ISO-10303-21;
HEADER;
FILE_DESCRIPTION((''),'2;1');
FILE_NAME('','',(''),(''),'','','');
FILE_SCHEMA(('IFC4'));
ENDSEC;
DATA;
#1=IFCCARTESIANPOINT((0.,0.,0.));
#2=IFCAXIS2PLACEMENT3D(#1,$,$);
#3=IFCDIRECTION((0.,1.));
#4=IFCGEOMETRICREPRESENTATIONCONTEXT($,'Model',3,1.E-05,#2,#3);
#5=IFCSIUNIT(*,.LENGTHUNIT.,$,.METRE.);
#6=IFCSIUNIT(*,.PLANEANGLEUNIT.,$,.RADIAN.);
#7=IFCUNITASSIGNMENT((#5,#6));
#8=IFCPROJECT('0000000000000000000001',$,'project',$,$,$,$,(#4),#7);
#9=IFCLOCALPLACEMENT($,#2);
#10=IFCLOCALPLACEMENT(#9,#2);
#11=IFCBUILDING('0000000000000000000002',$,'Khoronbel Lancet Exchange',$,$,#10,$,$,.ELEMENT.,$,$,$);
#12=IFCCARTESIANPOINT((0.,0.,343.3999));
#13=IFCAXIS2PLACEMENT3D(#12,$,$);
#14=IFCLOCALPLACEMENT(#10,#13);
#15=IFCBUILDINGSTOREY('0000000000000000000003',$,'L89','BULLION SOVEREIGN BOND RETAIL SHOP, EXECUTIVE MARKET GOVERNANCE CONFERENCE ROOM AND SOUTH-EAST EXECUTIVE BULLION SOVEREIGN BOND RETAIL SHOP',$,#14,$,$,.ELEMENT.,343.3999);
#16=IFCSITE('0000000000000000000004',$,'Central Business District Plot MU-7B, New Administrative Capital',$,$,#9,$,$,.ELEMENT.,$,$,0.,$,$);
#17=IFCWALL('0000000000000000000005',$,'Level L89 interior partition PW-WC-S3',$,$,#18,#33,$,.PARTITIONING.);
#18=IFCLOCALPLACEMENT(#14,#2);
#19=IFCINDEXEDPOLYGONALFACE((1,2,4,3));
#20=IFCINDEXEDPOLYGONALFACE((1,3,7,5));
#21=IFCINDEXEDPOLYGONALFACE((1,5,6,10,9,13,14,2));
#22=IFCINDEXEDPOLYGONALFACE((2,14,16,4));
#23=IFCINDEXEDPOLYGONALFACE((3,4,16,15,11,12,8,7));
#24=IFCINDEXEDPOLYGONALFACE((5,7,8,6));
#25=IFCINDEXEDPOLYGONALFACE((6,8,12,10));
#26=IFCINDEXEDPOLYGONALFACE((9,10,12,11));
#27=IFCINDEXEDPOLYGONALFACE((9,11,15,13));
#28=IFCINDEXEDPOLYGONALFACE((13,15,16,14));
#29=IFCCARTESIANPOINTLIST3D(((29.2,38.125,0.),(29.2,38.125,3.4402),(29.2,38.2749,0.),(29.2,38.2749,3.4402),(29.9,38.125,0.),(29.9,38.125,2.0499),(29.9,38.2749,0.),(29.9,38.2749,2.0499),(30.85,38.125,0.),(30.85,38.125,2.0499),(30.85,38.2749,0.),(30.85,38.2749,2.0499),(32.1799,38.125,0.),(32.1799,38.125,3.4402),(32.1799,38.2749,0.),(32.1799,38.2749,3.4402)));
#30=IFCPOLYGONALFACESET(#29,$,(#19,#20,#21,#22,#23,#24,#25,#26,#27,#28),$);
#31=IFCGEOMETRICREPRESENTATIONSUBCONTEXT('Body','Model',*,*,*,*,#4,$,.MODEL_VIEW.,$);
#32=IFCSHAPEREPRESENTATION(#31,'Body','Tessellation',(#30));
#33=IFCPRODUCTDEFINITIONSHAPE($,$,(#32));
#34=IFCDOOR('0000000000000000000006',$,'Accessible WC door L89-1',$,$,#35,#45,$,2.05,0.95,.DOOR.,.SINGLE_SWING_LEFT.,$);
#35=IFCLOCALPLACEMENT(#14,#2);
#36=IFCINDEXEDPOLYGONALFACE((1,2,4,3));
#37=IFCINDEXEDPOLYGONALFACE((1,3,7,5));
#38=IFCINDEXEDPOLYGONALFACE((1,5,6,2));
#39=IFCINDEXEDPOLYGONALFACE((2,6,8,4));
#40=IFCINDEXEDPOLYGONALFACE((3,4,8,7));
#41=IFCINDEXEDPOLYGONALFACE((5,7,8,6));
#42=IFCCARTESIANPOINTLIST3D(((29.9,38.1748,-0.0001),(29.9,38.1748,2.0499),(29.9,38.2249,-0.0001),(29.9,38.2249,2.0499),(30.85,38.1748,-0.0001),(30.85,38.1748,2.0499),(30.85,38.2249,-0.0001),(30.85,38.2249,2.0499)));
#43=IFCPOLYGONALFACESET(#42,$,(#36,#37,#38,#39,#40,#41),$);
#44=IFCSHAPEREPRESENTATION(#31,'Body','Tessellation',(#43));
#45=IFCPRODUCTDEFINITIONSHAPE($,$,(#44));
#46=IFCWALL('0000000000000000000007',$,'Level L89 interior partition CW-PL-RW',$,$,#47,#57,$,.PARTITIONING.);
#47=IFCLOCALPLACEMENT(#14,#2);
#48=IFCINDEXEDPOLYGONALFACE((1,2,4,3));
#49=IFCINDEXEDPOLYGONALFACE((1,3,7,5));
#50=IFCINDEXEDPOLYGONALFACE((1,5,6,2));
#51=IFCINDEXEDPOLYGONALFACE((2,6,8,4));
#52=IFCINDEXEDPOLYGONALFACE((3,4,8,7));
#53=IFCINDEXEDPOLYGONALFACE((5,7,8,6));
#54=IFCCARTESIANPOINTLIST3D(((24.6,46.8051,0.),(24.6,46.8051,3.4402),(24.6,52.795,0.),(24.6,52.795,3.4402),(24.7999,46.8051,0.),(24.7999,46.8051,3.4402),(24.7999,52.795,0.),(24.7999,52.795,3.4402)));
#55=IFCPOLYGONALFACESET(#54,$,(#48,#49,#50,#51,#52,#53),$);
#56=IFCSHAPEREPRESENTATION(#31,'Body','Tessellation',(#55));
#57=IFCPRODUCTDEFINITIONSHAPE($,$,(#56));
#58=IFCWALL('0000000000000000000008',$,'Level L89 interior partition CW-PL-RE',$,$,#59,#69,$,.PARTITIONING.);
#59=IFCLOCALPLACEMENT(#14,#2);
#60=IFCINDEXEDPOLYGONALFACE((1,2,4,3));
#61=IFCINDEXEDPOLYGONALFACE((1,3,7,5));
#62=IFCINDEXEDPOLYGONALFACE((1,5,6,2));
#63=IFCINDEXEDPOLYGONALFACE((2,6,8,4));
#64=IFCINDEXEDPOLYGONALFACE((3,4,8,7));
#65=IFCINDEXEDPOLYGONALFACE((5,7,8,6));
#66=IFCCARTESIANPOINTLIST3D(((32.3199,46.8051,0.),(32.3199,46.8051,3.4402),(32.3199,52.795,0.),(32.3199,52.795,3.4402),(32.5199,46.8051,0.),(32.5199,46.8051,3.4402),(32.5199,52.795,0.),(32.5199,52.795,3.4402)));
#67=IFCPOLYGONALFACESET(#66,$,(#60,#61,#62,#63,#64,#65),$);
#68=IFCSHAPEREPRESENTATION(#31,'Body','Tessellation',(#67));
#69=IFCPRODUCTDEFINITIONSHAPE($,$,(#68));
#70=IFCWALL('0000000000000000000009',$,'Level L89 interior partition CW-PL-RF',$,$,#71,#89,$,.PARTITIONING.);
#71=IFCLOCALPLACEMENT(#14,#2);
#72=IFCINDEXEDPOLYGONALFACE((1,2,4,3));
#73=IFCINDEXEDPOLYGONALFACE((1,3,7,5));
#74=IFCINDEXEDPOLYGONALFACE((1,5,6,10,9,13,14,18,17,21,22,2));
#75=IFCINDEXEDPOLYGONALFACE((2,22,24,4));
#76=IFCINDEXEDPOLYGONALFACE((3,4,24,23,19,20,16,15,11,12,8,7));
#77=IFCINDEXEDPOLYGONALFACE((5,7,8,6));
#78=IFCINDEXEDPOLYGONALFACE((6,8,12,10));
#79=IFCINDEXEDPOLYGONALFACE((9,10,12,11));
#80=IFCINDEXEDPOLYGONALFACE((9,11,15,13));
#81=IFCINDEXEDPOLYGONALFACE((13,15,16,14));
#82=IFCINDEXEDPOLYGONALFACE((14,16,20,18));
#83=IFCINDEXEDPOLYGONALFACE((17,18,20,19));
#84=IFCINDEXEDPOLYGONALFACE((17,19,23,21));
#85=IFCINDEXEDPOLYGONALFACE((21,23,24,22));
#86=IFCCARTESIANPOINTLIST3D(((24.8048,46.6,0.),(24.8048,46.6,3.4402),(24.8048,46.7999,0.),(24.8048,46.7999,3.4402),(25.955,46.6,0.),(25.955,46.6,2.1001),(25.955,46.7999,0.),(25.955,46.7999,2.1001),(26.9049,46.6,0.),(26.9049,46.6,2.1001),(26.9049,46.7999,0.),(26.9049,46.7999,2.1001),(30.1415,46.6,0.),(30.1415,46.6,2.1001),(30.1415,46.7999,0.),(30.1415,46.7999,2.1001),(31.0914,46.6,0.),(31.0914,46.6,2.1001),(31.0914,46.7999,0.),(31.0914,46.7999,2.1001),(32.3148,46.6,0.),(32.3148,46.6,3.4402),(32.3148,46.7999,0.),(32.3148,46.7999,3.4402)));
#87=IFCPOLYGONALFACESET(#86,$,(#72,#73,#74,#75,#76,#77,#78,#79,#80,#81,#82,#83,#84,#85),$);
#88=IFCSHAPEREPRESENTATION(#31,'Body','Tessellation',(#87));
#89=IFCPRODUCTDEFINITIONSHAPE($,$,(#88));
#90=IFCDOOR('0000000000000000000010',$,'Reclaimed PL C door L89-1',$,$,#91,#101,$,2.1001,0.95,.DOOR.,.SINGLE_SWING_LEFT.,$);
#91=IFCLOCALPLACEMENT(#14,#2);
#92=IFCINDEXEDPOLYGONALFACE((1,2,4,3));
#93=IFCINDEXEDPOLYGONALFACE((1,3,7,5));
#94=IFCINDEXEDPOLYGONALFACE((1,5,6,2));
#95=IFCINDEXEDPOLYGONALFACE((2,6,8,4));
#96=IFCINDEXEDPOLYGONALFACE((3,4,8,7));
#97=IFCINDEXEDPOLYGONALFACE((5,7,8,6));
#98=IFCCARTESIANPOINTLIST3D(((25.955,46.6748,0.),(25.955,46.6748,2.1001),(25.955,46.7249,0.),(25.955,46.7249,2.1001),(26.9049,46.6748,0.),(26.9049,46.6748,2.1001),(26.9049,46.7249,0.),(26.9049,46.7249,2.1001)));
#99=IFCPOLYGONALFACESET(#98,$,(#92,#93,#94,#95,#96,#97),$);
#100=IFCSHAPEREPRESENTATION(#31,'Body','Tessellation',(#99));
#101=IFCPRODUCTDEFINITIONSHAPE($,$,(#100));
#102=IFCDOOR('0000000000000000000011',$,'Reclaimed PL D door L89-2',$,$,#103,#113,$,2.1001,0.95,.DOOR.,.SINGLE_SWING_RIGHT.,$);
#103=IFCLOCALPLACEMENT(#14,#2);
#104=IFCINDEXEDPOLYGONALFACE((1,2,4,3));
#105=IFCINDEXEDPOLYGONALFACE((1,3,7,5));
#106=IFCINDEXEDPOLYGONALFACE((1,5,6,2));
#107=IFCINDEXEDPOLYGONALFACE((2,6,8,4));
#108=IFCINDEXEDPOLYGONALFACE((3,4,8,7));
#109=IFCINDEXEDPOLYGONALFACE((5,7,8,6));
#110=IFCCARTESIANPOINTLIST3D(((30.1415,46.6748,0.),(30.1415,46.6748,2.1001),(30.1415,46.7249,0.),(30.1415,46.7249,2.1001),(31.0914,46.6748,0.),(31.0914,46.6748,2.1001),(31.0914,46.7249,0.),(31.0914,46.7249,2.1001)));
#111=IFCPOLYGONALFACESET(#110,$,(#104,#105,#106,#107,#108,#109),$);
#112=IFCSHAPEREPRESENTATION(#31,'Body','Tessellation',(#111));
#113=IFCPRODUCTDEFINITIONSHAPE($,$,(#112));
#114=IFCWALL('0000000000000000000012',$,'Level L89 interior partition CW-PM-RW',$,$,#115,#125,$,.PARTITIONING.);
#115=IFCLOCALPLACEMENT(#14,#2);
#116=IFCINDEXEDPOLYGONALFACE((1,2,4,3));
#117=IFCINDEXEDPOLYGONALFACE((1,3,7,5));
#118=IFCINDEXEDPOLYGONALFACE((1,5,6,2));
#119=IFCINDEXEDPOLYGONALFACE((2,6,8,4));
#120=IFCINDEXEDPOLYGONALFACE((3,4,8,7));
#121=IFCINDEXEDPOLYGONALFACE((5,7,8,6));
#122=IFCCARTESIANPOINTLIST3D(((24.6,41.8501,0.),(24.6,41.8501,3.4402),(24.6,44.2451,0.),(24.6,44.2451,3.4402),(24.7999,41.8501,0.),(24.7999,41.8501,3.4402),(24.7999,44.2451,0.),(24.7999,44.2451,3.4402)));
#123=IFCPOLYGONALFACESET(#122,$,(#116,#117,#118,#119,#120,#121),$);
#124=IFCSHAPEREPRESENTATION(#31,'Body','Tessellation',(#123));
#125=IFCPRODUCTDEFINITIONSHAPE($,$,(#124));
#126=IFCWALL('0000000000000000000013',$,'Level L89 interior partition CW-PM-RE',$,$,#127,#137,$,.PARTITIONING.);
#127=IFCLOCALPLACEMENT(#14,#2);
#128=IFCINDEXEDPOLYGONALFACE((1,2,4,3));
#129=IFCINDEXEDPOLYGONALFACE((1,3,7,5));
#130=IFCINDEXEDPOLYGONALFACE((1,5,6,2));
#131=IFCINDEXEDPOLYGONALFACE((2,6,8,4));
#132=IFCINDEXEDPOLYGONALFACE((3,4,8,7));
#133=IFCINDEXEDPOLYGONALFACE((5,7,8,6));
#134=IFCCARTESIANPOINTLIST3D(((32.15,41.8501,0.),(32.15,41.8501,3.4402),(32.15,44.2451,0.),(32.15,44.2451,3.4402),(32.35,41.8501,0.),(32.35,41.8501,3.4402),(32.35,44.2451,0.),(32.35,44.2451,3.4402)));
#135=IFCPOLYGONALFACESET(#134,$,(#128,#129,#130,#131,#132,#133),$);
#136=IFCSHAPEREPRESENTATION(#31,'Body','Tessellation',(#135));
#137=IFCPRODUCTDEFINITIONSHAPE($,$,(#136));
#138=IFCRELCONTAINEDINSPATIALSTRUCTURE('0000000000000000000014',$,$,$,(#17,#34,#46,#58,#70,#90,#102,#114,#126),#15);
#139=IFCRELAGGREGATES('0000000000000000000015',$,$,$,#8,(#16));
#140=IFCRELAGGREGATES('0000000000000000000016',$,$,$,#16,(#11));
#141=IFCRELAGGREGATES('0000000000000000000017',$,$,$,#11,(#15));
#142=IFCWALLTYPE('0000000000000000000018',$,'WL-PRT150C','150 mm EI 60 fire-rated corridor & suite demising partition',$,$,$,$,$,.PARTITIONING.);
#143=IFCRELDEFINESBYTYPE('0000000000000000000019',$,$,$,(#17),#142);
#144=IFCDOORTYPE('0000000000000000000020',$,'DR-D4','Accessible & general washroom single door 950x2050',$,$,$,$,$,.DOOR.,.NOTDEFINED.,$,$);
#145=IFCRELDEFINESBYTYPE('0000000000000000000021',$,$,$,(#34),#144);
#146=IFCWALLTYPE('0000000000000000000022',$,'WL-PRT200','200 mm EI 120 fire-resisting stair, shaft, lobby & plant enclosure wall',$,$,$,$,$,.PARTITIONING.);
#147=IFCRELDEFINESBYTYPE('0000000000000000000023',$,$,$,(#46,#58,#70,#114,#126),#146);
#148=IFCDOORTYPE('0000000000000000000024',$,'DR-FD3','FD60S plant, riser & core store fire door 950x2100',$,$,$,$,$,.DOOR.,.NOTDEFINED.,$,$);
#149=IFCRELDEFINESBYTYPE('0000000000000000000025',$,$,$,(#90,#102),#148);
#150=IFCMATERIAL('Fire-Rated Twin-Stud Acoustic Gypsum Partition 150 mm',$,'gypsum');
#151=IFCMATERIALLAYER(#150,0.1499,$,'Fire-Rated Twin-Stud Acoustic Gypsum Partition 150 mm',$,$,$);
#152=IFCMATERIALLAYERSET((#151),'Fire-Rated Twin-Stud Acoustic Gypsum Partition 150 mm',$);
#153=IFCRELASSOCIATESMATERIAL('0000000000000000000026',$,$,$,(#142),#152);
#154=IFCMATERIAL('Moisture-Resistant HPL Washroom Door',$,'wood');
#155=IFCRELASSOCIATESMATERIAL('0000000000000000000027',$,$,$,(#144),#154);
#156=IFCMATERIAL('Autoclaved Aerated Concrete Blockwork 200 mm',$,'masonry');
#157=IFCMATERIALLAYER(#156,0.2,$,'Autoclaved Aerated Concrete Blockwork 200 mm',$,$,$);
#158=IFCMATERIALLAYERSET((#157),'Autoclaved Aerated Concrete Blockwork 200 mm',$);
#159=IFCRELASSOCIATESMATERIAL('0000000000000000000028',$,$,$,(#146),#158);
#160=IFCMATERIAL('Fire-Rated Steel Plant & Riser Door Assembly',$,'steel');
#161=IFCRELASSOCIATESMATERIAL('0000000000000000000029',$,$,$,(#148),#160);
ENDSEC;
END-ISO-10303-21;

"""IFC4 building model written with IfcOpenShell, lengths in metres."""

from ifc_helpers import new_model, si_unit, direction, frame, frame_2d, origin, place, context, subcontext, project, spatial, rectangle, extrude, material, layer, layer_set, type_object, element, fill, save


model = new_model("IFC4")

# Units and contexts
model_context = context("Model", 3, precision=1e-05, world=origin(), true_north=direction((0.0, 1.0)))
body_context = subcontext(model_context, "Body", "Model", "MODEL_VIEW")
ifc_project = project(units=[si_unit("LENGTHUNIT", "METRE"), si_unit("PLANEANGLEUNIT", "RADIAN")], contexts=[model_context])

# Site, building, storey
site_placement = place(None, origin())
site = spatial("IfcSite", under=ifc_project, at=site_placement, Name="Central Business District Plot MU-7B, New Administrative Capital", CompositionType="ELEMENT", RefElevation=0.0)
building_placement = place(site_placement, origin())
building = spatial("IfcBuilding", under=site, at=building_placement, Name="Khoronbel Lancet Exchange", CompositionType="ELEMENT")
storey_placement = place(building_placement, frame((0.0, 0.0, 343.3999)))
storey = spatial("IfcBuildingStorey", under=building, at=storey_placement, Name="L89", Description="BULLION SOVEREIGN BOND RETAIL SHOP, EXECUTIVE MARKET GOVERNANCE CONFERENCE ROOM AND SOUTH-EAST EXECUTIVE BULLION SOVEREIGN BOND RETAIL SHOP", CompositionType="ELEMENT", Elevation=343.3999)

# Wall, opening, door
ifc_material_1 = material(Name="Fire-Rated Twin-Stud Acoustic Gypsum Partition 150 mm", Category="gypsum")
ifc_layer_1 = layer(ifc_material_1, 0.1499, Name="Fire-Rated Twin-Stud Acoustic Gypsum Partition 150 mm")
ifc_layer_set_1 = layer_set([ifc_layer_1], Name="Fire-Rated Twin-Stud Acoustic Gypsum Partition 150 mm")
wall_type_1 = type_object("IfcWallType", Name="WL-PRT150C", Description="150 mm EI 60 fire-rated corridor & suite demising partition", PredefinedType="PARTITIONING", material=ifc_layer_set_1)
wall_1_placement = place(storey_placement, frame((29.2, 38.2, 0.0), z_axis=(0.0, 0.0, 1.0), x_axis=(1.0, 0.0, 0.0)))
wall_1 = element("IfcWall", 1, at=wall_1_placement, inside=storey, type_object=wall_type_1, Name="Level L89 interior partition PW-WC-S3", PredefinedType="PARTITIONING", context=body_context, shape_type="SweptSolid", body=[
    extrude(rectangle(XDim=2.98, YDim=0.1499, at=frame_2d((1.49, 0.0))), origin(), (0.0, 0.0, 1.0), 3.4402),
])
opening_1_placement = place(wall_1_placement, frame((0.7, 0.0, 0.0)))
opening_1 = element("IfcOpeningElement", 2, at=opening_1_placement, cuts=wall_1, PredefinedType="OPENING", context=body_context, shape_type="SweptSolid", body=[
    extrude(rectangle(XDim=0.95, YDim=2.05, at=frame_2d((0.4751, 1.0249))), frame((0.0, 0.085, 0.0), z_axis=(0.0, -1.0, 0.0), x_axis=(1.0, 0.0, 0.0)), (0.0, 0.0, 1.0), 0.1699),
])
ifc_material_2 = material(Name="Moisture-Resistant HPL Washroom Door", Category="wood")
door_type_1 = type_object("IfcDoorType", Name="DR-D4", Description="Accessible & general washroom single door 950x2050", OperationType="NOTDEFINED", PredefinedType="DOOR", material=ifc_material_2)
door_1_placement = place(opening_1_placement, origin())
door_1 = element("IfcDoor", 3, at=door_1_placement, inside=storey, type_object=door_type_1, Name="Accessible WC door L89-1", OperationType="SINGLE_SWING_LEFT", OverallHeight=2.05, OverallWidth=0.95, PredefinedType="DOOR", context=body_context, shape_type="SweptSolid", body=[
    extrude(rectangle(XDim=0.95, YDim=2.05, at=frame_2d((0.4751, 1.0249))), frame((0.0, 0.0249, 0.0), z_axis=(0.0, -1.0, 0.0), x_axis=(1.0, 0.0, 0.0)), (0.0, 0.0, 1.0), 0.05),
])
fill(opening_1, door_1)

# Walls
ifc_material_3 = material(Name="Autoclaved Aerated Concrete Blockwork 200 mm", Category="masonry")
ifc_layer_2 = layer(ifc_material_3, 0.2, Name="Autoclaved Aerated Concrete Blockwork 200 mm")
ifc_layer_set_2 = layer_set([ifc_layer_2], Name="Autoclaved Aerated Concrete Blockwork 200 mm")
wall_type_2 = type_object("IfcWallType", Name="WL-PRT200", Description="200 mm EI 120 fire-resisting stair, shaft, lobby & plant enclosure wall", PredefinedType="PARTITIONING", material=ifc_layer_set_2)
for number, where, z_axis, x_axis, name in (
    (4, (24.7, 46.8049, 0.0), (0.0, 0.0, 1.0), (0.0, 1.0, 0.0), "Level L89 interior partition CW-PL-RW"),
    (5, (32.4199, 46.8049, 0.0), (0.0, 0.0, 1.0), (0.0, 1.0, 0.0), "Level L89 interior partition CW-PL-RE"),
):
    element("IfcWall", number, at=place(storey_placement, frame(where, z_axis=z_axis, x_axis=x_axis)), inside=storey, type_object=wall_type_2, Name=name, PredefinedType="PARTITIONING", context=body_context, shape_type="SweptSolid", body=[
        extrude(rectangle(XDim=5.99, YDim=0.2, at=frame_2d((2.9951, 0.0))), origin(), (0.0, 0.0, 1.0), 3.4402),
    ])

# Wall, openings, doors
wall_2_placement = place(storey_placement, frame((24.8049, 46.7, 0.0), z_axis=(0.0, 0.0, 1.0), x_axis=(1.0, 0.0, 0.0)))
wall_2 = element("IfcWall", 6, at=wall_2_placement, inside=storey, type_object=wall_type_2, Name="Level L89 interior partition CW-PL-RF", PredefinedType="PARTITIONING", context=body_context, shape_type="SweptSolid", body=[
    extrude(rectangle(XDim=7.51, YDim=0.2, at=frame_2d((3.7549, 0.0))), origin(), (0.0, 0.0, 1.0), 3.4402),
])
opening_2_placement = place(wall_2_placement, frame((1.1499, 0.0, 0.0)))
opening_2 = element("IfcOpeningElement", 7, at=opening_2_placement, cuts=wall_2, PredefinedType="OPENING", context=body_context, shape_type="SweptSolid", body=[
    extrude(rectangle(XDim=0.95, YDim=2.1001, at=frame_2d((0.4751, 1.05))), frame((0.0, 0.1099, 0.0), z_axis=(0.0, -1.0, 0.0), x_axis=(1.0, 0.0, 0.0)), (0.0, 0.0, 1.0), 0.22),
])
opening_3_placement = place(wall_2_placement, frame((5.3364, 0.0, 0.0)))
opening_3 = element("IfcOpeningElement", 8, at=opening_3_placement, cuts=wall_2, PredefinedType="OPENING", context=body_context, shape_type="SweptSolid", body=[
    extrude(rectangle(XDim=0.95, YDim=2.1001, at=frame_2d((0.4751, 1.05))), frame((0.0, 0.1099, 0.0), z_axis=(0.0, -1.0, 0.0), x_axis=(1.0, 0.0, 0.0)), (0.0, 0.0, 1.0), 0.22),
])
ifc_material_4 = material(Name="Fire-Rated Steel Plant & Riser Door Assembly", Category="steel")
door_type_2 = type_object("IfcDoorType", Name="DR-FD3", Description="FD60S plant, riser & core store fire door 950x2100", OperationType="NOTDEFINED", PredefinedType="DOOR", material=ifc_material_4)
door_2_placement = place(opening_2_placement, origin())
door_2 = element("IfcDoor", 9, at=door_2_placement, inside=storey, type_object=door_type_2, Name="Reclaimed PL C door L89-1", OperationType="SINGLE_SWING_LEFT", OverallHeight=2.1001, OverallWidth=0.95, PredefinedType="DOOR", context=body_context, shape_type="SweptSolid", body=[
    extrude(rectangle(XDim=0.95, YDim=2.1001, at=frame_2d((0.4751, 1.05))), frame((0.0, 0.0249, 0.0), z_axis=(0.0, -1.0, 0.0), x_axis=(1.0, 0.0, 0.0)), (0.0, 0.0, 1.0), 0.05),
])
fill(opening_2, door_2)
door_3_placement = place(opening_3_placement, origin())
door_3 = element("IfcDoor", 10, at=door_3_placement, inside=storey, type_object=door_type_2, Name="Reclaimed PL D door L89-2", OperationType="SINGLE_SWING_RIGHT", OverallHeight=2.1001, OverallWidth=0.95, PredefinedType="DOOR", context=body_context, shape_type="SweptSolid", body=[
    extrude(rectangle(XDim=0.95, YDim=2.1001, at=frame_2d((0.4751, 1.05))), frame((0.0, 0.0249, 0.0), z_axis=(0.0, -1.0, 0.0), x_axis=(1.0, 0.0, 0.0)), (0.0, 0.0, 1.0), 0.05),
])
fill(opening_3, door_3)

# Walls
for number, where, z_axis, x_axis, name in (
    (11, (24.7, 41.8501, 0.0), (0.0, 0.0, 1.0), (0.0, 1.0, 0.0), "Level L89 interior partition CW-PM-RW"),
    (12, (32.25, 41.8501, 0.0), (0.0, 0.0, 1.0), (0.0, 1.0, 0.0), "Level L89 interior partition CW-PM-RE"),
):
    element("IfcWall", number, at=place(storey_placement, frame(where, z_axis=z_axis, x_axis=x_axis)), inside=storey, type_object=wall_type_2, Name=name, PredefinedType="PARTITIONING", context=body_context, shape_type="SweptSolid", body=[
        extrude(rectangle(XDim=2.395, YDim=0.2, at=frame_2d((1.1975, 0.0))), origin(), (0.0, 0.0, 1.0), 3.4402),
    ])

save(model, "model.ifc")
